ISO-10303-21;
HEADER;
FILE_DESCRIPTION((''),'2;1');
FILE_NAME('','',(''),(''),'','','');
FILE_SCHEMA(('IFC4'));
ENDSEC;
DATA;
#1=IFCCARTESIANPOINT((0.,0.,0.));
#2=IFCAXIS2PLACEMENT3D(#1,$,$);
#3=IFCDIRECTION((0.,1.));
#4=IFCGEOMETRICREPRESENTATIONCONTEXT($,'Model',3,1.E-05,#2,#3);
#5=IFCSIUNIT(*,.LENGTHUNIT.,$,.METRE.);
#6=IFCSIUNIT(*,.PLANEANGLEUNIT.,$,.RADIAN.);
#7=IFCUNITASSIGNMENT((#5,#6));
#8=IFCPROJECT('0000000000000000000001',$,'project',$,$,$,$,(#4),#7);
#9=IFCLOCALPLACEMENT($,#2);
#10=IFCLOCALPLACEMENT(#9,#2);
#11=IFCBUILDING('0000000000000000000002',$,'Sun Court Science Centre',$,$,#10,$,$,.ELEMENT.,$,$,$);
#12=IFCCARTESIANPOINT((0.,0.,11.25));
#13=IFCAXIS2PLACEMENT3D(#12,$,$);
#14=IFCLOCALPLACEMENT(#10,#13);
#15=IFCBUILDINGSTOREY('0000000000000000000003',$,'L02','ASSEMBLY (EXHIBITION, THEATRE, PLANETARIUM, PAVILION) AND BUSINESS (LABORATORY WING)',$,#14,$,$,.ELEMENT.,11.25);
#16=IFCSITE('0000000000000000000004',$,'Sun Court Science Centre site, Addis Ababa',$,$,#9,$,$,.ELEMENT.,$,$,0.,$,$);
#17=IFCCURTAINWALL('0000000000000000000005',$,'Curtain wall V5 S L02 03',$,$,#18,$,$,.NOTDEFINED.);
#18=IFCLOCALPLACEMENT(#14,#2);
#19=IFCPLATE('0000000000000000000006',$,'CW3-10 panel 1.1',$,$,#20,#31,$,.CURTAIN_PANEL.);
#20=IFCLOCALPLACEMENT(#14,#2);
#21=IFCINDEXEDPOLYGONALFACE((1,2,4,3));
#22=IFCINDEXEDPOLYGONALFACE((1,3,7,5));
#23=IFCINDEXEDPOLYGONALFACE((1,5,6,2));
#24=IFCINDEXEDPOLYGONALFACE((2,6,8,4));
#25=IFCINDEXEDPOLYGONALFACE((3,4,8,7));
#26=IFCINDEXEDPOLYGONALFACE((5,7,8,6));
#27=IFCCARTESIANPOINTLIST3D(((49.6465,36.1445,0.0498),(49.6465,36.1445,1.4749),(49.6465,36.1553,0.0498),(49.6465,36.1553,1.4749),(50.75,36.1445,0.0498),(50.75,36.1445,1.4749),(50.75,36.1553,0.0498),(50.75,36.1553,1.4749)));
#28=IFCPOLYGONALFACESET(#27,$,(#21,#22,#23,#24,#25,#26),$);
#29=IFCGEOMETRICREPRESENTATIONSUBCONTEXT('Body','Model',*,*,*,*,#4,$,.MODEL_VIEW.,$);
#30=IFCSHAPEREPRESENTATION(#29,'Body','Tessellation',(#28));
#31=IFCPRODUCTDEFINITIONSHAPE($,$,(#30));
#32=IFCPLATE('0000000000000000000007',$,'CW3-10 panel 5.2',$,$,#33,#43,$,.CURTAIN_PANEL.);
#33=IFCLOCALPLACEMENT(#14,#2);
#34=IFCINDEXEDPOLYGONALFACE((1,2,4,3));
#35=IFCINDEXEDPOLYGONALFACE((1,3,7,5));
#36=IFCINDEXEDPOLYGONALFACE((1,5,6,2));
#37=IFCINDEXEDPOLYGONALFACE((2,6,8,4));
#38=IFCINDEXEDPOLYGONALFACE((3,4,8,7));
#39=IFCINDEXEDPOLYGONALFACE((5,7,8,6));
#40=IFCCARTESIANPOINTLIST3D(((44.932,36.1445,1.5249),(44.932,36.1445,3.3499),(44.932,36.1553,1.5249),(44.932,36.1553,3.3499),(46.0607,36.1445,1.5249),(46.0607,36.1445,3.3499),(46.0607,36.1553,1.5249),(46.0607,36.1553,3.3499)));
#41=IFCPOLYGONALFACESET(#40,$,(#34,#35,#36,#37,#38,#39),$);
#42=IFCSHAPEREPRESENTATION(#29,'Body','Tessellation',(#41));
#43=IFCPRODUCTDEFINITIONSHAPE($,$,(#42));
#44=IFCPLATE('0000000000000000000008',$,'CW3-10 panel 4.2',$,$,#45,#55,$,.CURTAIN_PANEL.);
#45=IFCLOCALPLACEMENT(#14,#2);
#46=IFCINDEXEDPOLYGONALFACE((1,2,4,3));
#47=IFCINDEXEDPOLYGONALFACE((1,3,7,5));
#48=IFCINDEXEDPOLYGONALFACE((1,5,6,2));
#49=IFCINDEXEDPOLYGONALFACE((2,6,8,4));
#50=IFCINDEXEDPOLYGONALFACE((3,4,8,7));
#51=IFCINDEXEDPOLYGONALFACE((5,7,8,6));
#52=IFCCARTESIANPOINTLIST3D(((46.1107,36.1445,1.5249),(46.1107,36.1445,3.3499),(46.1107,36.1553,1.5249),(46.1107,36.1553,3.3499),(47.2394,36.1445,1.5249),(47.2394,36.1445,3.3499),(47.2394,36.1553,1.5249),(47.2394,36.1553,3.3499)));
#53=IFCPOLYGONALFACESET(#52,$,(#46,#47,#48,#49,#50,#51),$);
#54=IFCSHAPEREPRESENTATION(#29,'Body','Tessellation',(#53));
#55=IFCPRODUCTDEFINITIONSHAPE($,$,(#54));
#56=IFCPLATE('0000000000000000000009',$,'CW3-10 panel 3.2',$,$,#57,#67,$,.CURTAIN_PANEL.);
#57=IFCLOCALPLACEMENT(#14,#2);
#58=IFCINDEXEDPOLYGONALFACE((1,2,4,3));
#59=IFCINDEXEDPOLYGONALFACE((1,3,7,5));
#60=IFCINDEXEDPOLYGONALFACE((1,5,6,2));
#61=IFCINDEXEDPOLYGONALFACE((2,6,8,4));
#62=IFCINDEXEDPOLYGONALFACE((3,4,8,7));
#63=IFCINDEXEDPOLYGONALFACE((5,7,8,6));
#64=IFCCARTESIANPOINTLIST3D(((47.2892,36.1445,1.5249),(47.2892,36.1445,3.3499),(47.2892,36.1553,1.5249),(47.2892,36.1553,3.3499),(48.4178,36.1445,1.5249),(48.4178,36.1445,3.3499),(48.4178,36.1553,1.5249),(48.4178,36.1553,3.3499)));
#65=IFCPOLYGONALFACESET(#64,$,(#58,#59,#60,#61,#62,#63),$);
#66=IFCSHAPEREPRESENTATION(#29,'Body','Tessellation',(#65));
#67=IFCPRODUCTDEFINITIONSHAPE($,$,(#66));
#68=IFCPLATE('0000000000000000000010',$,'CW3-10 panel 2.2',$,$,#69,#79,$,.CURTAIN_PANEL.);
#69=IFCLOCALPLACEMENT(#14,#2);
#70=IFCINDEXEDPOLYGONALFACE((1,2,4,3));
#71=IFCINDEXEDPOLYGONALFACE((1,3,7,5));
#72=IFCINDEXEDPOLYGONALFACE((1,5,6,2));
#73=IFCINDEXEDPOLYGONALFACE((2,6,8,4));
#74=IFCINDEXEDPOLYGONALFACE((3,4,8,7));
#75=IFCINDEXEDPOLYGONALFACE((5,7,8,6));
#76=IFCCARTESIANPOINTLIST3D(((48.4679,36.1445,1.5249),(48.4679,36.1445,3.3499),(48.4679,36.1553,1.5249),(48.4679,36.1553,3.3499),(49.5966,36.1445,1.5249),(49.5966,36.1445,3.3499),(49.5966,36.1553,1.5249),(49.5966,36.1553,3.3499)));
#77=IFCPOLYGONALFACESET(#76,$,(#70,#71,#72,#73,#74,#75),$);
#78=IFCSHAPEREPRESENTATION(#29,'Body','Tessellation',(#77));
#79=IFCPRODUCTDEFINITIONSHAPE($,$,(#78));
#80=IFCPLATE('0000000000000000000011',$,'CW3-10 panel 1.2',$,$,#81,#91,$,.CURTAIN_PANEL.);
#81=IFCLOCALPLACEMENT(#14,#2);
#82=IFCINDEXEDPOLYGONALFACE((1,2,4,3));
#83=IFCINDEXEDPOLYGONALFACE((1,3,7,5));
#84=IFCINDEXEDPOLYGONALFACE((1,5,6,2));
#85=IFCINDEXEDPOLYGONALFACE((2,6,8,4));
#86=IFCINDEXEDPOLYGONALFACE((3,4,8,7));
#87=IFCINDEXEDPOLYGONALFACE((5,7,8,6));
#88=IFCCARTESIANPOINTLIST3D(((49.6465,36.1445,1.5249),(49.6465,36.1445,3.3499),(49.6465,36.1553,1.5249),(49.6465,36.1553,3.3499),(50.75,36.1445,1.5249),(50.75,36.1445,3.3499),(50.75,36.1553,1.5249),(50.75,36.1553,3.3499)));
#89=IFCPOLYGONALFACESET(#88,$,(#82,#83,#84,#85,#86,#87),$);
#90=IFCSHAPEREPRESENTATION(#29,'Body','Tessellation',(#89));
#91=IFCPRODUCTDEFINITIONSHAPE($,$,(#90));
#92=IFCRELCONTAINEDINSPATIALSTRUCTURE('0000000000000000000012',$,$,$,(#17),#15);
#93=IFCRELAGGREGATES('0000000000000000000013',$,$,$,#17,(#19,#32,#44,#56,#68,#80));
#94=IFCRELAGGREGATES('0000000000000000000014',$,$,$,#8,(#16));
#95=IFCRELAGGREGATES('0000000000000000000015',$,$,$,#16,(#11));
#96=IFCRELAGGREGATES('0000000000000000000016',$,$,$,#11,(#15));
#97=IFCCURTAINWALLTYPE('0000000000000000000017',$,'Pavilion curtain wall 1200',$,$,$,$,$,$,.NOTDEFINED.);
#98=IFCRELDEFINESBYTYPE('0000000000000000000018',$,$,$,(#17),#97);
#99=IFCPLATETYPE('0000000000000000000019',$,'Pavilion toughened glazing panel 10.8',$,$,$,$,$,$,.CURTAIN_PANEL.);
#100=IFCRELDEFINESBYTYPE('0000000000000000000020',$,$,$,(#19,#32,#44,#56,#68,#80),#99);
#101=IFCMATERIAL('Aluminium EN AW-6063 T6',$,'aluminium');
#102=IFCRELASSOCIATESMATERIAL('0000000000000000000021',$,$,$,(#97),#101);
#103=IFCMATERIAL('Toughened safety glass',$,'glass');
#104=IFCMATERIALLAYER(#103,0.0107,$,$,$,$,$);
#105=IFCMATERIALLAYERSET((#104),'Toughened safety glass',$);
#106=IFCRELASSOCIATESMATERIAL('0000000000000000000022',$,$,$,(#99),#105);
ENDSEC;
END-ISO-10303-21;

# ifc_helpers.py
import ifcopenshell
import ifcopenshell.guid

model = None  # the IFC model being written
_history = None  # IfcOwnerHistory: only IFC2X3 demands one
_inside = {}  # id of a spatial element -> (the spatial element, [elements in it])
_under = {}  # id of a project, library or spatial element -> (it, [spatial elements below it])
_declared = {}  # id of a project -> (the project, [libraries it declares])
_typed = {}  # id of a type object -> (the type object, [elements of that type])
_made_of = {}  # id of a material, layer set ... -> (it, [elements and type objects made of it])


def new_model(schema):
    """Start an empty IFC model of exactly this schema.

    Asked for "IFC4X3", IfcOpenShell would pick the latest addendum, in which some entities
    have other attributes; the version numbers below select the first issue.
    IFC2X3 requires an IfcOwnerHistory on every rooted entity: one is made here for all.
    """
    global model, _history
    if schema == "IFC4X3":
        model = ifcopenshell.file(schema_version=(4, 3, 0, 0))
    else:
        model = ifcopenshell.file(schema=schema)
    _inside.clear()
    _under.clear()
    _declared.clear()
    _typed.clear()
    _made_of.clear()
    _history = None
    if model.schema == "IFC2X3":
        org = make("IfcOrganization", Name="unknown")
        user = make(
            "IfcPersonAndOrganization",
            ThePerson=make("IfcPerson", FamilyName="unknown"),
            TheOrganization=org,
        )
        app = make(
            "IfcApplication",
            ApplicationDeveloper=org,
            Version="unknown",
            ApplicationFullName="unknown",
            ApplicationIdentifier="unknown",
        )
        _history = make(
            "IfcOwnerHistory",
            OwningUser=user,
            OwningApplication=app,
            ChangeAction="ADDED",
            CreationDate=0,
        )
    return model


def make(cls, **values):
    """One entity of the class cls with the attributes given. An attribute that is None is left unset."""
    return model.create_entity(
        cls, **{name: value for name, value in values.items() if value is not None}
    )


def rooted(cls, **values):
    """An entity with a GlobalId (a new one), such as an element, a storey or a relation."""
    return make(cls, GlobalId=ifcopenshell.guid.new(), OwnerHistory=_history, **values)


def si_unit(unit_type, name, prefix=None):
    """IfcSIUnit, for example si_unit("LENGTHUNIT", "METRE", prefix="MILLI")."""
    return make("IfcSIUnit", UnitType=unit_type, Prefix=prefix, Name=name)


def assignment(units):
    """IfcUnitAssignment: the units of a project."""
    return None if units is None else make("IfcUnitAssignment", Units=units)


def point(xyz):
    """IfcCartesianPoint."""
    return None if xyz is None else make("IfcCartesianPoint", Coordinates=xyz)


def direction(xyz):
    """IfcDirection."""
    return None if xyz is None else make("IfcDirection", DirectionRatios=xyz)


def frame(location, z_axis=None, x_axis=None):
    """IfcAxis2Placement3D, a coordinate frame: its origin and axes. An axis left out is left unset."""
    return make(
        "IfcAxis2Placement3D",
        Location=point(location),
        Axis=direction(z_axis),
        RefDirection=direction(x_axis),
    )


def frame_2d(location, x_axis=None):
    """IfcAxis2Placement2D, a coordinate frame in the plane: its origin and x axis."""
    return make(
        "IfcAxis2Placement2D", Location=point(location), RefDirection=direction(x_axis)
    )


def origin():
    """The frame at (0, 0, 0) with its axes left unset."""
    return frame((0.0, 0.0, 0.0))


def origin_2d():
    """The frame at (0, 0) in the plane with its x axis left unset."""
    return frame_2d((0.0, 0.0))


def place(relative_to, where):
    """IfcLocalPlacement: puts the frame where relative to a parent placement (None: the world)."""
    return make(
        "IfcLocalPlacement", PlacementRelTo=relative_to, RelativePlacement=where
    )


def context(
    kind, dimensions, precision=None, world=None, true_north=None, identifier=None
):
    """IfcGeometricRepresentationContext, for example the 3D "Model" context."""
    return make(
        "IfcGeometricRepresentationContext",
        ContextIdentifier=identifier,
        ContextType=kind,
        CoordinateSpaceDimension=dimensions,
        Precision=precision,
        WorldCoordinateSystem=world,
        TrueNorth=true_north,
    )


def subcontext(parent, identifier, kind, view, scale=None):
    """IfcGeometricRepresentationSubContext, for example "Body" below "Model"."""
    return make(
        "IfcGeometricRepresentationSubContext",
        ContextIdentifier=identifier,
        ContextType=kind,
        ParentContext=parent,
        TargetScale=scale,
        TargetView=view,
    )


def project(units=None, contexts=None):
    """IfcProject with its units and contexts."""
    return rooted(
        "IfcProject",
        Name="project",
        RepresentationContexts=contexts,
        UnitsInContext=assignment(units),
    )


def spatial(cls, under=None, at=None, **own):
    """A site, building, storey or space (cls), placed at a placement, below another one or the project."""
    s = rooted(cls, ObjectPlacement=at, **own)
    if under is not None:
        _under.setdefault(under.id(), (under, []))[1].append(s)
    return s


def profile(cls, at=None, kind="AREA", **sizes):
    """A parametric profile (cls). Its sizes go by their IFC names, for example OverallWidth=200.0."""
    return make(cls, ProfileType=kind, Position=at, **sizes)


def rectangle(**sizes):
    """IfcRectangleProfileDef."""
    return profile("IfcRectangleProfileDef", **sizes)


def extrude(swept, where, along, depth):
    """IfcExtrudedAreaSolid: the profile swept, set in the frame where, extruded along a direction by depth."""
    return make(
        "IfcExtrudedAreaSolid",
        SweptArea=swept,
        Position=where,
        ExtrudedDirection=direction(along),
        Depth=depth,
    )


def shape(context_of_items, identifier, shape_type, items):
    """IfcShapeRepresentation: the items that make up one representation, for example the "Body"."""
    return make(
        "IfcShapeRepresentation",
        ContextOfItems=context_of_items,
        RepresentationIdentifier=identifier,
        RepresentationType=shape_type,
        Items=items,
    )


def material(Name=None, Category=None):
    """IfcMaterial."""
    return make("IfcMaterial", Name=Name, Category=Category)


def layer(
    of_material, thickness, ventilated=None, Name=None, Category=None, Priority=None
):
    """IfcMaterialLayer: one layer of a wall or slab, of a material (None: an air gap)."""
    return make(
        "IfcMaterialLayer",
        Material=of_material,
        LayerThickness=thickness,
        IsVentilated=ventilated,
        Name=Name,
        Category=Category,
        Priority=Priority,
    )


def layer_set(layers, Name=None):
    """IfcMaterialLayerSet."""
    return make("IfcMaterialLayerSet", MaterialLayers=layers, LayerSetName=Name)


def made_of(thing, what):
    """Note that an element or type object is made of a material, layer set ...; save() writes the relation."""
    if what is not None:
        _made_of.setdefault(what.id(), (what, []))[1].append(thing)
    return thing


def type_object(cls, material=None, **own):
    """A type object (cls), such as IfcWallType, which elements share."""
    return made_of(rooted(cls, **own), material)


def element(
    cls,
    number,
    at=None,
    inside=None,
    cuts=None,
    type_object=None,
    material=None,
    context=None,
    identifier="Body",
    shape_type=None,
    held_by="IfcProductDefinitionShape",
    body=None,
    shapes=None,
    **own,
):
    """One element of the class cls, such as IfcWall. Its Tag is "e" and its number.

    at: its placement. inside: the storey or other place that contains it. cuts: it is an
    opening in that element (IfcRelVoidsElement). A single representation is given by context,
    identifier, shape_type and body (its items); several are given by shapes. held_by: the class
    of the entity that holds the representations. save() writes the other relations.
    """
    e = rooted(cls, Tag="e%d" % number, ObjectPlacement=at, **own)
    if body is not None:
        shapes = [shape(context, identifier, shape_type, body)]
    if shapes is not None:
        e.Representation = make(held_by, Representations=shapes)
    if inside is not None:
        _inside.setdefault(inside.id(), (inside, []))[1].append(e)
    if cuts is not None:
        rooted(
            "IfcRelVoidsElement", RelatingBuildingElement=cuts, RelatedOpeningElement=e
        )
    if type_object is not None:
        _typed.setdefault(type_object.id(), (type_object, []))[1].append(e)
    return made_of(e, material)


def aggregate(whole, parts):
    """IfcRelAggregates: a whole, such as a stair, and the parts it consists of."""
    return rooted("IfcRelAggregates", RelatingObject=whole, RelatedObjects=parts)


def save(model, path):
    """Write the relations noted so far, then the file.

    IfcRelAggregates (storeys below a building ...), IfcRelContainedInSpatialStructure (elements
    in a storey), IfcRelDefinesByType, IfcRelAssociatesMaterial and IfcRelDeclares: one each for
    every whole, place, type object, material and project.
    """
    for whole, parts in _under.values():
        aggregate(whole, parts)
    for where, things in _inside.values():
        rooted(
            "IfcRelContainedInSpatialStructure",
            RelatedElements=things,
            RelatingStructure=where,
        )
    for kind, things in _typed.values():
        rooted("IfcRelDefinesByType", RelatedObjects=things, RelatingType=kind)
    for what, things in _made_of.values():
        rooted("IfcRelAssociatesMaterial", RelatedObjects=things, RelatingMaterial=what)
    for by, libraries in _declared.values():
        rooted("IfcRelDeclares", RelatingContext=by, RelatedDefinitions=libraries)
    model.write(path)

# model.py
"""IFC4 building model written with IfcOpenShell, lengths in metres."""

from ifc_helpers import new_model, si_unit, direction, frame, origin, origin_2d, place, context, subcontext, project, spatial, rectangle, extrude, material, layer, layer_set, type_object, element, aggregate, save


model = new_model("IFC4")

# Units and contexts
model_context = context("Model", 3, precision=1e-05, world=origin(), true_north=direction((0.0, 1.0)))
body_context = subcontext(model_context, "Body", "Model", "MODEL_VIEW")
ifc_project = project(units=[si_unit("LENGTHUNIT", "METRE"), si_unit("PLANEANGLEUNIT", "RADIAN")], contexts=[model_context])

# Site, building, storey
site_placement = place(None, origin())
site = spatial("IfcSite", under=ifc_project, at=site_placement, Name="Sun Court Science Centre site, Addis Ababa", CompositionType="ELEMENT", RefElevation=0.0)
building_placement = place(site_placement, origin())
building = spatial("IfcBuilding", under=site, at=building_placement, Name="Sun Court Science Centre", CompositionType="ELEMENT")
storey_placement = place(building_placement, frame((0.0, 0.0, 11.25)))
storey = spatial("IfcBuildingStorey", under=building, at=storey_placement, Name="L02", Description="ASSEMBLY (EXHIBITION, THEATRE, PLANETARIUM, PAVILION) AND BUSINESS (LABORATORY WING)", CompositionType="ELEMENT", Elevation=11.25)

# Curtain wall, plates
ifc_material_1 = material(Name="Aluminium EN AW-6063 T6", Category="aluminium")
curtain_wall_type = type_object("IfcCurtainWallType", Name="Pavilion curtain wall 1200", PredefinedType="NOTDEFINED", material=ifc_material_1)
curtain_wall_placement = place(storey_placement, origin())
curtain_wall = element("IfcCurtainWall", 1, at=curtain_wall_placement, inside=storey, type_object=curtain_wall_type, Name="Curtain wall V5 S L02 03", PredefinedType="NOTDEFINED")
ifc_material_2 = material(Name="Toughened safety glass", Category="glass")
ifc_layer = layer(ifc_material_2, 0.0107)
ifc_layer_set = layer_set([ifc_layer], Name="Toughened safety glass")
plate_type = type_object("IfcPlateType", Name="Pavilion toughened glazing panel 10.8", PredefinedType="CURTAIN_PANEL", material=ifc_layer_set)
plate_1_placement = place(storey_placement, frame((50.1982, 36.1499, 0.0498), z_axis=(0.0, 0.0, 1.0), x_axis=(-1.0, 0.0, 0.0)))
plate_1 = element("IfcPlate", 2, at=plate_1_placement, type_object=plate_type, Name="CW3-10 panel 1.1", PredefinedType="CURTAIN_PANEL", context=body_context, shape_type="SweptSolid", body=[
    extrude(rectangle(XDim=1.1035, YDim=0.0107, at=origin_2d()), origin(), (0.0, 0.0, 1.0), 1.425),
])
plate_2_placement = place(storey_placement, frame((45.4963, 36.1499, 1.5249), z_axis=(0.0, 0.0, 1.0), x_axis=(-1.0, 0.0, 0.0)))
plate_2 = element("IfcPlate", 3, at=plate_2_placement, type_object=plate_type, Name="CW3-10 panel 5.2", PredefinedType="CURTAIN_PANEL", context=body_context, shape_type="SweptSolid", body=[
    extrude(rectangle(XDim=1.1287, YDim=0.0107, at=origin_2d()), origin(), (0.0, 0.0, 1.0), 1.825),
])
plate_3_placement = place(storey_placement, frame((46.675, 36.1499, 1.5249), z_axis=(0.0, 0.0, 1.0), x_axis=(-1.0, 0.0, 0.0)))
plate_3 = element("IfcPlate", 4, at=plate_3_placement, type_object=plate_type, Name="CW3-10 panel 4.2", PredefinedType="CURTAIN_PANEL", context=body_context, shape_type="SweptSolid", body=[
    extrude(rectangle(XDim=1.1287, YDim=0.0107, at=origin_2d()), origin(), (0.0, 0.0, 1.0), 1.825),
])
plate_4_placement = place(storey_placement, frame((47.8535, 36.1499, 1.5249), z_axis=(0.0, 0.0, 1.0), x_axis=(-1.0, 0.0, 0.0)))
plate_4 = element("IfcPlate", 5, at=plate_4_placement, type_object=plate_type, Name="CW3-10 panel 3.2", PredefinedType="CURTAIN_PANEL", context=body_context, shape_type="SweptSolid", body=[
    extrude(rectangle(XDim=1.1287, YDim=0.0107, at=origin_2d()), origin(), (0.0, 0.0, 1.0), 1.825),
])
plate_5_placement = place(storey_placement, frame((49.0322, 36.1499, 1.5249), z_axis=(0.0, 0.0, 1.0), x_axis=(-1.0, 0.0, 0.0)))
plate_5 = element("IfcPlate", 6, at=plate_5_placement, type_object=plate_type, Name="CW3-10 panel 2.2", PredefinedType="CURTAIN_PANEL", context=body_context, shape_type="SweptSolid", body=[
    extrude(rectangle(XDim=1.1287, YDim=0.0107, at=origin_2d()), origin(), (0.0, 0.0, 1.0), 1.825),
])
plate_6_placement = place(storey_placement, frame((50.1982, 36.1499, 1.5249), z_axis=(0.0, 0.0, 1.0), x_axis=(-1.0, 0.0, 0.0)))
plate_6 = element("IfcPlate", 7, at=plate_6_placement, type_object=plate_type, Name="CW3-10 panel 1.2", PredefinedType="CURTAIN_PANEL", context=body_context, shape_type="SweptSolid", body=[
    extrude(rectangle(XDim=1.1035, YDim=0.0107, at=origin_2d()), origin(), (0.0, 0.0, 1.0), 1.825),
])
aggregate(curtain_wall, [plate_1, plate_2, plate_3, plate_4, plate_5, plate_6])

save(model, "model.ifc")
